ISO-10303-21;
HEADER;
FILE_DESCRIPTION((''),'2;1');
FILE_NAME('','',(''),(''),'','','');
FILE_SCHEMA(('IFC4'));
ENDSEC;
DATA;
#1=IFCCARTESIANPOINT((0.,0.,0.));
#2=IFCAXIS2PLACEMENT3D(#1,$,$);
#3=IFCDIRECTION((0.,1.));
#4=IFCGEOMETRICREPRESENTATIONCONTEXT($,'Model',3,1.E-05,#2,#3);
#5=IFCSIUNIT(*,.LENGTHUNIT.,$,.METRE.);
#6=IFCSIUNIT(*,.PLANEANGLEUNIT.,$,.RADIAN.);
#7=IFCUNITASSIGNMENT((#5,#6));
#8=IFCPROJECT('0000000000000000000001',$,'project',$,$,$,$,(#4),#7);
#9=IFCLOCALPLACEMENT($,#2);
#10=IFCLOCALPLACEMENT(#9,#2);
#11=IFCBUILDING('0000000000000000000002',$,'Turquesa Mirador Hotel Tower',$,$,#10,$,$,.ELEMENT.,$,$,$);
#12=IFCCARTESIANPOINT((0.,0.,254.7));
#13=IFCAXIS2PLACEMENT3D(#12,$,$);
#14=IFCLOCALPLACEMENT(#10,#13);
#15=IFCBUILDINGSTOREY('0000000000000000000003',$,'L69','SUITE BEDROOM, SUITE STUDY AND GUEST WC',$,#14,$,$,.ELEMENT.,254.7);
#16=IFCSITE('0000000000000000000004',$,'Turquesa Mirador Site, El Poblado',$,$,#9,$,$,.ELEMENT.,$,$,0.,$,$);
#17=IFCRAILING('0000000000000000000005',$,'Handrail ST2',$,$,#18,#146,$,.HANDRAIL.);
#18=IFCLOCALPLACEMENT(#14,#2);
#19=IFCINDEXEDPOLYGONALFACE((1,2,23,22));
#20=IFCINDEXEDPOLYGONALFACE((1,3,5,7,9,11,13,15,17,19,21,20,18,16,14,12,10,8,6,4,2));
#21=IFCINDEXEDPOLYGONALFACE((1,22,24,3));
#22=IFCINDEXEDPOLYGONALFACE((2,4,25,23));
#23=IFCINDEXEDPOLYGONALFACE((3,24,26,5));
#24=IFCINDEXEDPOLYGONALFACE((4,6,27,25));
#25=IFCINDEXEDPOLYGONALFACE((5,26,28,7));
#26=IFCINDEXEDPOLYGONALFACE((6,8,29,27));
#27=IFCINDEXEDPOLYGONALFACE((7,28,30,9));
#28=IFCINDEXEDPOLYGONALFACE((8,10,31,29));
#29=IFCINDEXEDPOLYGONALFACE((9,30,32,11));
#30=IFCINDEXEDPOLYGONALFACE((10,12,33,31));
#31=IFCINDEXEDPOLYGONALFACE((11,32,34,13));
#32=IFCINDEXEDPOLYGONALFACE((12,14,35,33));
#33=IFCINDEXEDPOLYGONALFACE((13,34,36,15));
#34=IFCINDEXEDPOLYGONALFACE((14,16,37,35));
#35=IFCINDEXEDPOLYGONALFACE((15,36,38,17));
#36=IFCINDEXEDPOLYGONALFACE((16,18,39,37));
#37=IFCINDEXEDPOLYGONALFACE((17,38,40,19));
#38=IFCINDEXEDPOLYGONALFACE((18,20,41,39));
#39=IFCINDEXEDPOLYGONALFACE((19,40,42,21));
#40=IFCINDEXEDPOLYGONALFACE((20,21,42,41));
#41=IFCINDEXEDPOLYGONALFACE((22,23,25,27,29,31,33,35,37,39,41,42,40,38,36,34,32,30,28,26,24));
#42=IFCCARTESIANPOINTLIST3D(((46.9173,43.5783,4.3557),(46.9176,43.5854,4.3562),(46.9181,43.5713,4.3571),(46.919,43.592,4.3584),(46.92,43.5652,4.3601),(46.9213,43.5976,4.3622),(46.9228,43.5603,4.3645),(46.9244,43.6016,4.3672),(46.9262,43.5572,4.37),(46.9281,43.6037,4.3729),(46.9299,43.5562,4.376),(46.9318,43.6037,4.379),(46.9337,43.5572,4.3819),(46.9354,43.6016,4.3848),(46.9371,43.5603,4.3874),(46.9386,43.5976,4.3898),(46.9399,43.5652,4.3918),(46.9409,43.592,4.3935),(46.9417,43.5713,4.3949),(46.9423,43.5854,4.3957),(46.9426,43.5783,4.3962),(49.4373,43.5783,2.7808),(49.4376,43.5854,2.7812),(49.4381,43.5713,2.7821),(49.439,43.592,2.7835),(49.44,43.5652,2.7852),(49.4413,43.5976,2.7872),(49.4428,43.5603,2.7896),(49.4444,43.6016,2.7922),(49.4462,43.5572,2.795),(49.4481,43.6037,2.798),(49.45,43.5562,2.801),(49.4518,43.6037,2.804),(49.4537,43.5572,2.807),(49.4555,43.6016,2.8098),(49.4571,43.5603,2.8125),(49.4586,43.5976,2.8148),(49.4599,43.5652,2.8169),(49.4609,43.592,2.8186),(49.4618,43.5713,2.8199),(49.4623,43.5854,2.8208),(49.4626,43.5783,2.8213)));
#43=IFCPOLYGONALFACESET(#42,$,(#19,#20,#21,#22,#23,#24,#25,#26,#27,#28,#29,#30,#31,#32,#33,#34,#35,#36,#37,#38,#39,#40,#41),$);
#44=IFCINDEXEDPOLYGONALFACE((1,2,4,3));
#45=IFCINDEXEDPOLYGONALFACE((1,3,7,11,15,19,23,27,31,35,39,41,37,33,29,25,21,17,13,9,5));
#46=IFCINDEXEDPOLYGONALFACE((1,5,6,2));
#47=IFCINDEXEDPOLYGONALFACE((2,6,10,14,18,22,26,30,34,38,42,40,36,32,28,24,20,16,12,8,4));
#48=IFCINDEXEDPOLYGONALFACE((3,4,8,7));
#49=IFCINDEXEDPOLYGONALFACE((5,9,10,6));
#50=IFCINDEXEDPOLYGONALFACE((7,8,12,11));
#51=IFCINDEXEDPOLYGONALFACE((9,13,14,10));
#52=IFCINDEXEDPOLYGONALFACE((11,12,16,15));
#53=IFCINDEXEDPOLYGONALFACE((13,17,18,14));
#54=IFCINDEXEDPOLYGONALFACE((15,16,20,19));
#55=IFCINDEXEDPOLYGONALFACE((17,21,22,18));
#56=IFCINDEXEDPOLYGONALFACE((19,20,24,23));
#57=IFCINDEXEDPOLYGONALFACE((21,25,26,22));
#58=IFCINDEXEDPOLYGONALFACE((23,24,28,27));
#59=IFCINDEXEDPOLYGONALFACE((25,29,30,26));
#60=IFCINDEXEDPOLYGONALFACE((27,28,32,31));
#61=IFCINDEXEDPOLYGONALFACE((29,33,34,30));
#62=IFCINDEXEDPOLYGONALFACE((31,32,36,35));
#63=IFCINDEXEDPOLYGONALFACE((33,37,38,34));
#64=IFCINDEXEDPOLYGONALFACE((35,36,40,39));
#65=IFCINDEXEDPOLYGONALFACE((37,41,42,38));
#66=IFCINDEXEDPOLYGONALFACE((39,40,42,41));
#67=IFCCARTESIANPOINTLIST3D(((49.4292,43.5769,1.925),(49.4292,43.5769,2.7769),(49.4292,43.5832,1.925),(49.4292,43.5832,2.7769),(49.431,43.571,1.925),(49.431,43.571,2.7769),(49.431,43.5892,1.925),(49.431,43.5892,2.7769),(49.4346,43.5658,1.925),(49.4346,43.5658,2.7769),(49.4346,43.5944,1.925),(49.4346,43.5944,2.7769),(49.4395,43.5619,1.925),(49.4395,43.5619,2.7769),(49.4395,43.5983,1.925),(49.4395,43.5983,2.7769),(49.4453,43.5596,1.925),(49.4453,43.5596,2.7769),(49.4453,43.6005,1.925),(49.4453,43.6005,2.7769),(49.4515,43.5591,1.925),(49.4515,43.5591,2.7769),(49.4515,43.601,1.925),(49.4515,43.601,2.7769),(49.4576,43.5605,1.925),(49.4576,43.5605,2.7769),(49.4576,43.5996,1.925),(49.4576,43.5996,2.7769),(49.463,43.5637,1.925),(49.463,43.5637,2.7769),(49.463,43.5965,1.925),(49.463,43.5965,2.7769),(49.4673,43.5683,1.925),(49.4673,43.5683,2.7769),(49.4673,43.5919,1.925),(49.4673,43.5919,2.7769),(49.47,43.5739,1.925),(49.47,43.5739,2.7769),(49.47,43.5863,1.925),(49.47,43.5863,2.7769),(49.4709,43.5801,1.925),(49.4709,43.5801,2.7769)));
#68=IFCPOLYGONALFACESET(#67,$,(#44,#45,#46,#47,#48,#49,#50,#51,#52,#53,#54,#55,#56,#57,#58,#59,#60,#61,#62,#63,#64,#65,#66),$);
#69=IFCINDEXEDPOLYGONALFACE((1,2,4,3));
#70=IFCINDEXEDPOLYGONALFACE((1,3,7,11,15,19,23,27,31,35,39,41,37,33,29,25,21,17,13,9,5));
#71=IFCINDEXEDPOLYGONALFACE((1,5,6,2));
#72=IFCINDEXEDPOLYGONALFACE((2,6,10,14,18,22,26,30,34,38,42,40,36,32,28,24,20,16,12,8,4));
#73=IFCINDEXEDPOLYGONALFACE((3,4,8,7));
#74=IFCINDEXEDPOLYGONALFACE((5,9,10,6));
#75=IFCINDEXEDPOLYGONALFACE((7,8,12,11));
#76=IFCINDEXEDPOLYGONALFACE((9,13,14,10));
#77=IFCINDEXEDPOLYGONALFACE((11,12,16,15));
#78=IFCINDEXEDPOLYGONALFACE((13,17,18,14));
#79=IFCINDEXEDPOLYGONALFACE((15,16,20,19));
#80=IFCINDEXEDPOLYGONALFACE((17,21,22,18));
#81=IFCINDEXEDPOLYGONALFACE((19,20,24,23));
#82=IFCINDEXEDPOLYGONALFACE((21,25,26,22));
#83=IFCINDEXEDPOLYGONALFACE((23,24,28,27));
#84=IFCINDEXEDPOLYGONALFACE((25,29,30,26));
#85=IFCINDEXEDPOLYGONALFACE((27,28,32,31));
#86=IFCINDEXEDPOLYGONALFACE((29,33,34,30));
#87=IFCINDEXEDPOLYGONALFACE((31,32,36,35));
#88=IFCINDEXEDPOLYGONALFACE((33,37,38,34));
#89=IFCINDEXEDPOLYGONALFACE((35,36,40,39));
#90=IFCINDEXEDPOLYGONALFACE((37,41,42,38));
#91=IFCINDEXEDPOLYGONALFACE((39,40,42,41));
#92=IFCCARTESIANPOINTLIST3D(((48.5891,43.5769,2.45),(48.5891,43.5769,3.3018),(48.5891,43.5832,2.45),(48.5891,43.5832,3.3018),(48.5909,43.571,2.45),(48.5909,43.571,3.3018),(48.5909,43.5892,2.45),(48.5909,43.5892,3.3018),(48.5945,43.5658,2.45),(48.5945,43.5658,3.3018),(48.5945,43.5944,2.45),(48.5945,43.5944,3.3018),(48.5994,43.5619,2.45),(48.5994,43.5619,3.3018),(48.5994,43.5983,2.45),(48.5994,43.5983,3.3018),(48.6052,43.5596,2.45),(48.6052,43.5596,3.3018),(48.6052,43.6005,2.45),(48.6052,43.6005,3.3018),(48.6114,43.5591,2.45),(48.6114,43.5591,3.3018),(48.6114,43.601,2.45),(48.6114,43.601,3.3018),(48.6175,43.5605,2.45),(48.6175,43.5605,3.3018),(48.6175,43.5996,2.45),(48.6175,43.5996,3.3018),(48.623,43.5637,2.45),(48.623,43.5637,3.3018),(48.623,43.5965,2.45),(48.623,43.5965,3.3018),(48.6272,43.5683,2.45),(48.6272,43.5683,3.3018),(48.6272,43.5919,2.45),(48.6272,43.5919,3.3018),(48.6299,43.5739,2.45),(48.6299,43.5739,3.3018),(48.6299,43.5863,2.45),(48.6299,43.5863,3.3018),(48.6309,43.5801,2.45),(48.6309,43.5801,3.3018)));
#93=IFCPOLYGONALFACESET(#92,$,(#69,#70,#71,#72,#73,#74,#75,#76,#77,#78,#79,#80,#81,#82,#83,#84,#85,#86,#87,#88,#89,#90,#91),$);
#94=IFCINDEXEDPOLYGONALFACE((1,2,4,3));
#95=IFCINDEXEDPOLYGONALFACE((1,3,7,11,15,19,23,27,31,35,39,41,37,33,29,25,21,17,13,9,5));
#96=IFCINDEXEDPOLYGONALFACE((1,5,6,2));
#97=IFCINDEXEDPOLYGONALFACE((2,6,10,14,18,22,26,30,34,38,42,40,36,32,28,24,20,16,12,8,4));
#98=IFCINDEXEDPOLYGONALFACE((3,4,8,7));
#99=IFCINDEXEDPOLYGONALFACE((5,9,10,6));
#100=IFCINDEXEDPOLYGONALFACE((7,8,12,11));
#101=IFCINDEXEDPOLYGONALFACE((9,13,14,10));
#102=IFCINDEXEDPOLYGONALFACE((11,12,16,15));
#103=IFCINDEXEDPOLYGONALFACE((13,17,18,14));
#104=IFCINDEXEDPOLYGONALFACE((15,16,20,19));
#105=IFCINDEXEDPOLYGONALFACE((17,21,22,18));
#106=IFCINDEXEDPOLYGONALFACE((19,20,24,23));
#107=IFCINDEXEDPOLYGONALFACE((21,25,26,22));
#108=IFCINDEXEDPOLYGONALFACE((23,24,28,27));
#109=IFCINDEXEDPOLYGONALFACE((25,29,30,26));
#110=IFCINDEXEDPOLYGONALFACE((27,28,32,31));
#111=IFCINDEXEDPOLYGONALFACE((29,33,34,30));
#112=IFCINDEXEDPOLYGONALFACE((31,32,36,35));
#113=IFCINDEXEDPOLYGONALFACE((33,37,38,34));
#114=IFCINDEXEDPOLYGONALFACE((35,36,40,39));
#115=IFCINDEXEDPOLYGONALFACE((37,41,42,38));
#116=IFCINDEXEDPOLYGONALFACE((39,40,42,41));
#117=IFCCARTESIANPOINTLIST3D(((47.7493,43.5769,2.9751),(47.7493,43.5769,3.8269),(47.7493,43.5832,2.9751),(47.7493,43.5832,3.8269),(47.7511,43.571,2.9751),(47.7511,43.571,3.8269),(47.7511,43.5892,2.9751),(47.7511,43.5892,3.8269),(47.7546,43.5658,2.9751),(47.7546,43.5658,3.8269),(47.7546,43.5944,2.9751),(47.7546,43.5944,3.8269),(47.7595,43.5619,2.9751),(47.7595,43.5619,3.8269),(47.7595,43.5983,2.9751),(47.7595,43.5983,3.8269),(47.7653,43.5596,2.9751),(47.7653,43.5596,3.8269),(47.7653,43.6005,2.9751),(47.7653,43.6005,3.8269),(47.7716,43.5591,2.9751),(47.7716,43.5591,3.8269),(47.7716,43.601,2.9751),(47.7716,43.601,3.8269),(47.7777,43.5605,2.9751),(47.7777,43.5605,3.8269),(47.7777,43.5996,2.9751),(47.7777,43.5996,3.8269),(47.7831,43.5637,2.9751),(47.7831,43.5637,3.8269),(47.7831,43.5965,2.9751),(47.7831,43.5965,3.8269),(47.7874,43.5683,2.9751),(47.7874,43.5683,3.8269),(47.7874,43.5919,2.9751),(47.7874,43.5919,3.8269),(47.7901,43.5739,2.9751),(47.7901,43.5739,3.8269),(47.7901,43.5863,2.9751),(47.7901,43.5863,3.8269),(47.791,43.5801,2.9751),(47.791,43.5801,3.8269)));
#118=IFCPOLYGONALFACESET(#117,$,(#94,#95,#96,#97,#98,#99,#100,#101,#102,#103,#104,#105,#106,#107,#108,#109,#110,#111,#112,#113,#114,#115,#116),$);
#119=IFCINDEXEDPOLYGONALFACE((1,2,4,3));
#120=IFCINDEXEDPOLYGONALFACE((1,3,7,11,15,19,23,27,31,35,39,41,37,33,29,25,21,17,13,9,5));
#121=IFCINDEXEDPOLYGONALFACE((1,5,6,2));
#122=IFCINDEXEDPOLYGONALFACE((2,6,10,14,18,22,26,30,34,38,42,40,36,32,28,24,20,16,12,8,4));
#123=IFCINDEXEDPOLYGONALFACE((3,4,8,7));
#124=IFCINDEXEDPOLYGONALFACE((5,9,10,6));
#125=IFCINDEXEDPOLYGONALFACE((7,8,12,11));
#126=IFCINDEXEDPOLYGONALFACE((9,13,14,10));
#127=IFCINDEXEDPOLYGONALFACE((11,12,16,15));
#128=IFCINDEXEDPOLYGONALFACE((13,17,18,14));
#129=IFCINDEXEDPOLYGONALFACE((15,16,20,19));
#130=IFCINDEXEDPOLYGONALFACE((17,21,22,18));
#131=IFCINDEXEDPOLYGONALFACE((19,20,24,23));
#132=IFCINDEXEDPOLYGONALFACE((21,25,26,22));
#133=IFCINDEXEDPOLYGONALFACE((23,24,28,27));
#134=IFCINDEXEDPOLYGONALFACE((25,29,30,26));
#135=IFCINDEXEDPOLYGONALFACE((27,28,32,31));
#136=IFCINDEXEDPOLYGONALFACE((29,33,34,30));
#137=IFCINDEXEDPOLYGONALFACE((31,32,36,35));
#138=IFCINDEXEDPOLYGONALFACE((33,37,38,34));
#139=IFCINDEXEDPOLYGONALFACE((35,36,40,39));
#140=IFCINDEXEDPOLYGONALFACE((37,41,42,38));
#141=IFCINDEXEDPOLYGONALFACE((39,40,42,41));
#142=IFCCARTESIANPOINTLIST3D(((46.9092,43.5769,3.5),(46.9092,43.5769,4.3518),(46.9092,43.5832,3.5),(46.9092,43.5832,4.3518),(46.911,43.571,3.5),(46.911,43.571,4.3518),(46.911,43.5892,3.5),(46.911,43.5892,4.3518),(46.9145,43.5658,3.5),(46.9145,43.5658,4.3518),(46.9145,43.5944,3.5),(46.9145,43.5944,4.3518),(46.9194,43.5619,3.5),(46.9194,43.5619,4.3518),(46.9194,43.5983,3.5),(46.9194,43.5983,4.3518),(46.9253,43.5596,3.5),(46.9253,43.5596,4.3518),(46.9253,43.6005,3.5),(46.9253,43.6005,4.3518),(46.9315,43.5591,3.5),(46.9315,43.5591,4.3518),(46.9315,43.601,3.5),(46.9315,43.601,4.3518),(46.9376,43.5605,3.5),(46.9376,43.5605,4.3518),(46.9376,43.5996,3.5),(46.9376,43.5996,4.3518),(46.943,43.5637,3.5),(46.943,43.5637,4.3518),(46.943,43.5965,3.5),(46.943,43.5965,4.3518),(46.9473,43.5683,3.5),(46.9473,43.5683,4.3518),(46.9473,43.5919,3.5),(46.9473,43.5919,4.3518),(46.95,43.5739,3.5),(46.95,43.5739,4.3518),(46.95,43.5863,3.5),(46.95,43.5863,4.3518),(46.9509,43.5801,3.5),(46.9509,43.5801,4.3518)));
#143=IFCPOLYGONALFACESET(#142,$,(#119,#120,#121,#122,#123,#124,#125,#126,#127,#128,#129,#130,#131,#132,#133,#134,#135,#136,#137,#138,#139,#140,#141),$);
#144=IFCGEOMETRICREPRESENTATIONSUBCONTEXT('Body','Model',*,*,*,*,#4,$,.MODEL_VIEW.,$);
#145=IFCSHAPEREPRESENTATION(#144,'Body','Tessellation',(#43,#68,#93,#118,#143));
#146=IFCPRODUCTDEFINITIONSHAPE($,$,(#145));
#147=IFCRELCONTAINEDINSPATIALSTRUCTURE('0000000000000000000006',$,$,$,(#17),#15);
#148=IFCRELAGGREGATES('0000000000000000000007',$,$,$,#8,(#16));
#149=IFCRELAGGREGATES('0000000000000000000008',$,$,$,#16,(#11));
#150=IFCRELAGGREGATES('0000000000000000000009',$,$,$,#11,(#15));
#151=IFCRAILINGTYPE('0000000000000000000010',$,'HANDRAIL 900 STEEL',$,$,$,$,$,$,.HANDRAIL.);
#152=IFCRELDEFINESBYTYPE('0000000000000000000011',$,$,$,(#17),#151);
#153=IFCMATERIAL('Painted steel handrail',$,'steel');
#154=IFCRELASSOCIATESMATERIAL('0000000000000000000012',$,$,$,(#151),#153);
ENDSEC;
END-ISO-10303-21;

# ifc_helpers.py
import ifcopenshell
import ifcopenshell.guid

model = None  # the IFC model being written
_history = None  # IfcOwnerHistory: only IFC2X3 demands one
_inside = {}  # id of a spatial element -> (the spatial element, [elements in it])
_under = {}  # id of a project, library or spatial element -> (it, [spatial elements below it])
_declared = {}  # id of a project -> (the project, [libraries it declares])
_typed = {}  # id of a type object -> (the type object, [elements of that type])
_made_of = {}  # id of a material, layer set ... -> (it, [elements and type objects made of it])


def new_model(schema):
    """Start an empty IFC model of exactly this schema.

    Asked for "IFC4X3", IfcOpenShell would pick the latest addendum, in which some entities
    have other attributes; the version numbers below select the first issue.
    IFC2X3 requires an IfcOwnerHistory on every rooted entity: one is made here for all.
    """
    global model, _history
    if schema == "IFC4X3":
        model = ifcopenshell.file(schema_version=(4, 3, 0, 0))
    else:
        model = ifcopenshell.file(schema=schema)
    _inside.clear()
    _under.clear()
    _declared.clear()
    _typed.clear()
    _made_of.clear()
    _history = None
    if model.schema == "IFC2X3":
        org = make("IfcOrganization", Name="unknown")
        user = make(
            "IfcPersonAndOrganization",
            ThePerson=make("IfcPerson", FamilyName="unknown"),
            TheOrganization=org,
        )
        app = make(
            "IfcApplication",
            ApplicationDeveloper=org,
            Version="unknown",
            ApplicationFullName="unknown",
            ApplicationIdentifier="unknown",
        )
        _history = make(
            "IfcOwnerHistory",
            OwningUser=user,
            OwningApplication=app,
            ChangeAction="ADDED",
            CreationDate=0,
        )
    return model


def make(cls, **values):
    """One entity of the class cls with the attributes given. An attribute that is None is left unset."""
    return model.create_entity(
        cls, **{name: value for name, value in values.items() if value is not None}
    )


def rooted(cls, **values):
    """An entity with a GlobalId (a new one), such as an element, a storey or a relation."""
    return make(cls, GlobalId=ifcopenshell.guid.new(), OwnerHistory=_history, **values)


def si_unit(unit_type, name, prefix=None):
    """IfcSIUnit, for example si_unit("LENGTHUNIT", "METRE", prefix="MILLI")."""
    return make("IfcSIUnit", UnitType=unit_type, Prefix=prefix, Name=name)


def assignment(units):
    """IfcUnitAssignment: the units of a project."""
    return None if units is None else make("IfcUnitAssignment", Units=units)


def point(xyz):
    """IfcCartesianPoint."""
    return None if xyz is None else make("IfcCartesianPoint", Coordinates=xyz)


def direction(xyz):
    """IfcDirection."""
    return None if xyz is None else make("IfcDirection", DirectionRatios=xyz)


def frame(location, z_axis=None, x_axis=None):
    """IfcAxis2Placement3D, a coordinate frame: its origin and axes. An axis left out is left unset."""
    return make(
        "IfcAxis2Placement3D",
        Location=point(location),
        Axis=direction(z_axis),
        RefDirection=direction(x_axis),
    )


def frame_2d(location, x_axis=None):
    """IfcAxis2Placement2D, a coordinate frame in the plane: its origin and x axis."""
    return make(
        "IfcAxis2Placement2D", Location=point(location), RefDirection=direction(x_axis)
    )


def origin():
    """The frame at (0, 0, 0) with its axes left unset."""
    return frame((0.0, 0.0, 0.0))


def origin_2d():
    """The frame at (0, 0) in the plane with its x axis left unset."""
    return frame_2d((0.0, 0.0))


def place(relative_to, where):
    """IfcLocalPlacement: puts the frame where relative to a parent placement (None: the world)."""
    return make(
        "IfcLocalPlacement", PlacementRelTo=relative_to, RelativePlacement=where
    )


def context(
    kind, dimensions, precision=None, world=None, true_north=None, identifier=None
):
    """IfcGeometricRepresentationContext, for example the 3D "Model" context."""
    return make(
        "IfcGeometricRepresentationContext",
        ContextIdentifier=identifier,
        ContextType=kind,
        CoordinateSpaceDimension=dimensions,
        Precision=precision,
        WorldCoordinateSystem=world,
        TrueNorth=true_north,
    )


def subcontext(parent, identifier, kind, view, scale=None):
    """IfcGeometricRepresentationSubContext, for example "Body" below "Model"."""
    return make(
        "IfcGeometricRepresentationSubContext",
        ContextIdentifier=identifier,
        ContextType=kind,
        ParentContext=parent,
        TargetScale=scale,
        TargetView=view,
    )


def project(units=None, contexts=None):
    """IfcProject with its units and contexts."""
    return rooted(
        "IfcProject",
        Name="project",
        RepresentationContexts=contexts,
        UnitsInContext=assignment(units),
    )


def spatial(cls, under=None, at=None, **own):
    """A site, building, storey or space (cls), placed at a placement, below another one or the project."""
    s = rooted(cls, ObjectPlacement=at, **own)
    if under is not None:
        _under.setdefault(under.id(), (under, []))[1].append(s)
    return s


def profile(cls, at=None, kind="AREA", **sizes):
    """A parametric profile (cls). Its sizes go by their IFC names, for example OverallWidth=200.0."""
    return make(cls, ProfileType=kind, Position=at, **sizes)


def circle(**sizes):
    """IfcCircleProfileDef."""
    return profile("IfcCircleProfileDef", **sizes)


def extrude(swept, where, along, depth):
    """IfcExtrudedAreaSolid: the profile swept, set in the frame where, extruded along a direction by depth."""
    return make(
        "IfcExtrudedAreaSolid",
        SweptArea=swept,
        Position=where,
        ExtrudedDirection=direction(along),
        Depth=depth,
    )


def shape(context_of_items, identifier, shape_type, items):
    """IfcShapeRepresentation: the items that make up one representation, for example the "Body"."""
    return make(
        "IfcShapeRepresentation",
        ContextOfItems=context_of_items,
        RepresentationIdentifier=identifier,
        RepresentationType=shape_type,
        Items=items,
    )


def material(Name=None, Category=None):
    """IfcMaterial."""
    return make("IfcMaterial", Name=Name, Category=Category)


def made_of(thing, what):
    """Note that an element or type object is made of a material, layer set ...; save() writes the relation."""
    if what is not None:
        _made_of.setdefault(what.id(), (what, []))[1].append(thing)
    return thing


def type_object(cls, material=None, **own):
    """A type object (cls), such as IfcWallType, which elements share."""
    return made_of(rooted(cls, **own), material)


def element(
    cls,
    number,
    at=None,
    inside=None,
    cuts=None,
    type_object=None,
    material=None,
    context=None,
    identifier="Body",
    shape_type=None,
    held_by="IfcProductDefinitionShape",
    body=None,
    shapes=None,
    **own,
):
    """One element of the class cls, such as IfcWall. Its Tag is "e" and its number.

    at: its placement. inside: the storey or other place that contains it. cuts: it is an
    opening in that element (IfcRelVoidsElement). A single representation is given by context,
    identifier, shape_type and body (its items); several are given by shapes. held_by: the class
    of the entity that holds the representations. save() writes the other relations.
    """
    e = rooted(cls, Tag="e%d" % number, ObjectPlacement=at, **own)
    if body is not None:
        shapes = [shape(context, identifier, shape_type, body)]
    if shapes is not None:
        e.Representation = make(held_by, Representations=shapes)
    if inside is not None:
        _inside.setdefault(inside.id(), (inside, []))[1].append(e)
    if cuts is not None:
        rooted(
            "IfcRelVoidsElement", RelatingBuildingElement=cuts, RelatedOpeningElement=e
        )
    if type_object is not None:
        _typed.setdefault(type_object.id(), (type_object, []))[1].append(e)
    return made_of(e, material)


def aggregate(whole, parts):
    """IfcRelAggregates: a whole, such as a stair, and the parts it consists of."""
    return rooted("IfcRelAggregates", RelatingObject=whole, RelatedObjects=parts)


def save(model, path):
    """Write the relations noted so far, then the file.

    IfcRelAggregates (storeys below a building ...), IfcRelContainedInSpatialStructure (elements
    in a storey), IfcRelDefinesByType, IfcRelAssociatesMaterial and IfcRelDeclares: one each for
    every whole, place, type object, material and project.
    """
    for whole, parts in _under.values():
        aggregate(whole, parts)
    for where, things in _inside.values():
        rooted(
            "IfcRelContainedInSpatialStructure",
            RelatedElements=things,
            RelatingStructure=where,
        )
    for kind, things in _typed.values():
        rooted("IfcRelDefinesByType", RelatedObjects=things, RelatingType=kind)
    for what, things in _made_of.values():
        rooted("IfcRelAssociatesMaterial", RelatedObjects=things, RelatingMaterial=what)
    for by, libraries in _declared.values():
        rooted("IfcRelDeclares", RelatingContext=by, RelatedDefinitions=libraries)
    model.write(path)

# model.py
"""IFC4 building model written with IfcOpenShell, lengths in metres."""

from ifc_helpers import new_model, si_unit, direction, frame, origin, origin_2d, place, context, subcontext, project, spatial, circle, extrude, material, type_object, element, save


model = new_model("IFC4")

# Units and contexts
model_context = context("Model", 3, precision=1e-05, world=origin(), true_north=direction((0.0, 1.0)))
body_context = subcontext(model_context, "Body", "Model", "MODEL_VIEW")
ifc_project = project(units=[si_unit("LENGTHUNIT", "METRE"), si_unit("PLANEANGLEUNIT", "RADIAN")], contexts=[model_context])

# Site, building, storey
site_placement = place(None, origin())
site = spatial("IfcSite", under=ifc_project, at=site_placement, Name="Turquesa Mirador Site, El Poblado", CompositionType="ELEMENT", RefElevation=0.0)
building_placement = place(site_placement, origin())
building = spatial("IfcBuilding", under=site, at=building_placement, Name="Turquesa Mirador Hotel Tower", CompositionType="ELEMENT")
storey_placement = place(building_placement, frame((0.0, 0.0, 254.7)))
storey = spatial("IfcBuildingStorey", under=building, at=storey_placement, Name="L69", Description="SUITE BEDROOM, SUITE STUDY AND GUEST WC", CompositionType="ELEMENT", Elevation=254.7)

# Railing
ifc_material_1 = material(Name="Painted steel handrail", Category="steel")
railing_type = type_object("IfcRailingType", Name="HANDRAIL 900 STEEL", PredefinedType="HANDRAIL", material=ifc_material_1)
railing_1_placement = place(storey_placement, frame((49.45, 43.5801, 1.925)))
element("IfcRailing", 1, at=railing_1_placement, inside=storey, type_object=railing_type, Name="Handrail ST2", PredefinedType="HANDRAIL", context=body_context, shape_type="SweptSolid", body=[
    extrude(circle(Radius=0.0239, at=origin_2d()), frame((0.0, 0.0, 0.876), z_axis=(-0.848008, 0.0, 0.529984), x_axis=(0.0, -1.0, 0.0)), (0.0, 0.0, 1.0), 2.9717),
    extrude(circle(Radius=0.021, at=origin_2d()), origin(), (0.0, 0.0, 1.0), 0.8518),
    extrude(circle(Radius=0.021, at=origin_2d()), frame((-0.8401, 0.0, 0.5249)), (0.0, 0.0, 1.0), 0.8518),
    extrude(circle(Radius=0.021, at=origin_2d()), frame((-1.6799, 0.0, 1.05)), (0.0, 0.0, 1.0), 0.8518),
    extrude(circle(Radius=0.021, at=origin_2d()), frame((-2.52, 0.0, 1.575)), (0.0, 0.0, 1.0), 0.8518),
])

save(model, "model.ifc")
